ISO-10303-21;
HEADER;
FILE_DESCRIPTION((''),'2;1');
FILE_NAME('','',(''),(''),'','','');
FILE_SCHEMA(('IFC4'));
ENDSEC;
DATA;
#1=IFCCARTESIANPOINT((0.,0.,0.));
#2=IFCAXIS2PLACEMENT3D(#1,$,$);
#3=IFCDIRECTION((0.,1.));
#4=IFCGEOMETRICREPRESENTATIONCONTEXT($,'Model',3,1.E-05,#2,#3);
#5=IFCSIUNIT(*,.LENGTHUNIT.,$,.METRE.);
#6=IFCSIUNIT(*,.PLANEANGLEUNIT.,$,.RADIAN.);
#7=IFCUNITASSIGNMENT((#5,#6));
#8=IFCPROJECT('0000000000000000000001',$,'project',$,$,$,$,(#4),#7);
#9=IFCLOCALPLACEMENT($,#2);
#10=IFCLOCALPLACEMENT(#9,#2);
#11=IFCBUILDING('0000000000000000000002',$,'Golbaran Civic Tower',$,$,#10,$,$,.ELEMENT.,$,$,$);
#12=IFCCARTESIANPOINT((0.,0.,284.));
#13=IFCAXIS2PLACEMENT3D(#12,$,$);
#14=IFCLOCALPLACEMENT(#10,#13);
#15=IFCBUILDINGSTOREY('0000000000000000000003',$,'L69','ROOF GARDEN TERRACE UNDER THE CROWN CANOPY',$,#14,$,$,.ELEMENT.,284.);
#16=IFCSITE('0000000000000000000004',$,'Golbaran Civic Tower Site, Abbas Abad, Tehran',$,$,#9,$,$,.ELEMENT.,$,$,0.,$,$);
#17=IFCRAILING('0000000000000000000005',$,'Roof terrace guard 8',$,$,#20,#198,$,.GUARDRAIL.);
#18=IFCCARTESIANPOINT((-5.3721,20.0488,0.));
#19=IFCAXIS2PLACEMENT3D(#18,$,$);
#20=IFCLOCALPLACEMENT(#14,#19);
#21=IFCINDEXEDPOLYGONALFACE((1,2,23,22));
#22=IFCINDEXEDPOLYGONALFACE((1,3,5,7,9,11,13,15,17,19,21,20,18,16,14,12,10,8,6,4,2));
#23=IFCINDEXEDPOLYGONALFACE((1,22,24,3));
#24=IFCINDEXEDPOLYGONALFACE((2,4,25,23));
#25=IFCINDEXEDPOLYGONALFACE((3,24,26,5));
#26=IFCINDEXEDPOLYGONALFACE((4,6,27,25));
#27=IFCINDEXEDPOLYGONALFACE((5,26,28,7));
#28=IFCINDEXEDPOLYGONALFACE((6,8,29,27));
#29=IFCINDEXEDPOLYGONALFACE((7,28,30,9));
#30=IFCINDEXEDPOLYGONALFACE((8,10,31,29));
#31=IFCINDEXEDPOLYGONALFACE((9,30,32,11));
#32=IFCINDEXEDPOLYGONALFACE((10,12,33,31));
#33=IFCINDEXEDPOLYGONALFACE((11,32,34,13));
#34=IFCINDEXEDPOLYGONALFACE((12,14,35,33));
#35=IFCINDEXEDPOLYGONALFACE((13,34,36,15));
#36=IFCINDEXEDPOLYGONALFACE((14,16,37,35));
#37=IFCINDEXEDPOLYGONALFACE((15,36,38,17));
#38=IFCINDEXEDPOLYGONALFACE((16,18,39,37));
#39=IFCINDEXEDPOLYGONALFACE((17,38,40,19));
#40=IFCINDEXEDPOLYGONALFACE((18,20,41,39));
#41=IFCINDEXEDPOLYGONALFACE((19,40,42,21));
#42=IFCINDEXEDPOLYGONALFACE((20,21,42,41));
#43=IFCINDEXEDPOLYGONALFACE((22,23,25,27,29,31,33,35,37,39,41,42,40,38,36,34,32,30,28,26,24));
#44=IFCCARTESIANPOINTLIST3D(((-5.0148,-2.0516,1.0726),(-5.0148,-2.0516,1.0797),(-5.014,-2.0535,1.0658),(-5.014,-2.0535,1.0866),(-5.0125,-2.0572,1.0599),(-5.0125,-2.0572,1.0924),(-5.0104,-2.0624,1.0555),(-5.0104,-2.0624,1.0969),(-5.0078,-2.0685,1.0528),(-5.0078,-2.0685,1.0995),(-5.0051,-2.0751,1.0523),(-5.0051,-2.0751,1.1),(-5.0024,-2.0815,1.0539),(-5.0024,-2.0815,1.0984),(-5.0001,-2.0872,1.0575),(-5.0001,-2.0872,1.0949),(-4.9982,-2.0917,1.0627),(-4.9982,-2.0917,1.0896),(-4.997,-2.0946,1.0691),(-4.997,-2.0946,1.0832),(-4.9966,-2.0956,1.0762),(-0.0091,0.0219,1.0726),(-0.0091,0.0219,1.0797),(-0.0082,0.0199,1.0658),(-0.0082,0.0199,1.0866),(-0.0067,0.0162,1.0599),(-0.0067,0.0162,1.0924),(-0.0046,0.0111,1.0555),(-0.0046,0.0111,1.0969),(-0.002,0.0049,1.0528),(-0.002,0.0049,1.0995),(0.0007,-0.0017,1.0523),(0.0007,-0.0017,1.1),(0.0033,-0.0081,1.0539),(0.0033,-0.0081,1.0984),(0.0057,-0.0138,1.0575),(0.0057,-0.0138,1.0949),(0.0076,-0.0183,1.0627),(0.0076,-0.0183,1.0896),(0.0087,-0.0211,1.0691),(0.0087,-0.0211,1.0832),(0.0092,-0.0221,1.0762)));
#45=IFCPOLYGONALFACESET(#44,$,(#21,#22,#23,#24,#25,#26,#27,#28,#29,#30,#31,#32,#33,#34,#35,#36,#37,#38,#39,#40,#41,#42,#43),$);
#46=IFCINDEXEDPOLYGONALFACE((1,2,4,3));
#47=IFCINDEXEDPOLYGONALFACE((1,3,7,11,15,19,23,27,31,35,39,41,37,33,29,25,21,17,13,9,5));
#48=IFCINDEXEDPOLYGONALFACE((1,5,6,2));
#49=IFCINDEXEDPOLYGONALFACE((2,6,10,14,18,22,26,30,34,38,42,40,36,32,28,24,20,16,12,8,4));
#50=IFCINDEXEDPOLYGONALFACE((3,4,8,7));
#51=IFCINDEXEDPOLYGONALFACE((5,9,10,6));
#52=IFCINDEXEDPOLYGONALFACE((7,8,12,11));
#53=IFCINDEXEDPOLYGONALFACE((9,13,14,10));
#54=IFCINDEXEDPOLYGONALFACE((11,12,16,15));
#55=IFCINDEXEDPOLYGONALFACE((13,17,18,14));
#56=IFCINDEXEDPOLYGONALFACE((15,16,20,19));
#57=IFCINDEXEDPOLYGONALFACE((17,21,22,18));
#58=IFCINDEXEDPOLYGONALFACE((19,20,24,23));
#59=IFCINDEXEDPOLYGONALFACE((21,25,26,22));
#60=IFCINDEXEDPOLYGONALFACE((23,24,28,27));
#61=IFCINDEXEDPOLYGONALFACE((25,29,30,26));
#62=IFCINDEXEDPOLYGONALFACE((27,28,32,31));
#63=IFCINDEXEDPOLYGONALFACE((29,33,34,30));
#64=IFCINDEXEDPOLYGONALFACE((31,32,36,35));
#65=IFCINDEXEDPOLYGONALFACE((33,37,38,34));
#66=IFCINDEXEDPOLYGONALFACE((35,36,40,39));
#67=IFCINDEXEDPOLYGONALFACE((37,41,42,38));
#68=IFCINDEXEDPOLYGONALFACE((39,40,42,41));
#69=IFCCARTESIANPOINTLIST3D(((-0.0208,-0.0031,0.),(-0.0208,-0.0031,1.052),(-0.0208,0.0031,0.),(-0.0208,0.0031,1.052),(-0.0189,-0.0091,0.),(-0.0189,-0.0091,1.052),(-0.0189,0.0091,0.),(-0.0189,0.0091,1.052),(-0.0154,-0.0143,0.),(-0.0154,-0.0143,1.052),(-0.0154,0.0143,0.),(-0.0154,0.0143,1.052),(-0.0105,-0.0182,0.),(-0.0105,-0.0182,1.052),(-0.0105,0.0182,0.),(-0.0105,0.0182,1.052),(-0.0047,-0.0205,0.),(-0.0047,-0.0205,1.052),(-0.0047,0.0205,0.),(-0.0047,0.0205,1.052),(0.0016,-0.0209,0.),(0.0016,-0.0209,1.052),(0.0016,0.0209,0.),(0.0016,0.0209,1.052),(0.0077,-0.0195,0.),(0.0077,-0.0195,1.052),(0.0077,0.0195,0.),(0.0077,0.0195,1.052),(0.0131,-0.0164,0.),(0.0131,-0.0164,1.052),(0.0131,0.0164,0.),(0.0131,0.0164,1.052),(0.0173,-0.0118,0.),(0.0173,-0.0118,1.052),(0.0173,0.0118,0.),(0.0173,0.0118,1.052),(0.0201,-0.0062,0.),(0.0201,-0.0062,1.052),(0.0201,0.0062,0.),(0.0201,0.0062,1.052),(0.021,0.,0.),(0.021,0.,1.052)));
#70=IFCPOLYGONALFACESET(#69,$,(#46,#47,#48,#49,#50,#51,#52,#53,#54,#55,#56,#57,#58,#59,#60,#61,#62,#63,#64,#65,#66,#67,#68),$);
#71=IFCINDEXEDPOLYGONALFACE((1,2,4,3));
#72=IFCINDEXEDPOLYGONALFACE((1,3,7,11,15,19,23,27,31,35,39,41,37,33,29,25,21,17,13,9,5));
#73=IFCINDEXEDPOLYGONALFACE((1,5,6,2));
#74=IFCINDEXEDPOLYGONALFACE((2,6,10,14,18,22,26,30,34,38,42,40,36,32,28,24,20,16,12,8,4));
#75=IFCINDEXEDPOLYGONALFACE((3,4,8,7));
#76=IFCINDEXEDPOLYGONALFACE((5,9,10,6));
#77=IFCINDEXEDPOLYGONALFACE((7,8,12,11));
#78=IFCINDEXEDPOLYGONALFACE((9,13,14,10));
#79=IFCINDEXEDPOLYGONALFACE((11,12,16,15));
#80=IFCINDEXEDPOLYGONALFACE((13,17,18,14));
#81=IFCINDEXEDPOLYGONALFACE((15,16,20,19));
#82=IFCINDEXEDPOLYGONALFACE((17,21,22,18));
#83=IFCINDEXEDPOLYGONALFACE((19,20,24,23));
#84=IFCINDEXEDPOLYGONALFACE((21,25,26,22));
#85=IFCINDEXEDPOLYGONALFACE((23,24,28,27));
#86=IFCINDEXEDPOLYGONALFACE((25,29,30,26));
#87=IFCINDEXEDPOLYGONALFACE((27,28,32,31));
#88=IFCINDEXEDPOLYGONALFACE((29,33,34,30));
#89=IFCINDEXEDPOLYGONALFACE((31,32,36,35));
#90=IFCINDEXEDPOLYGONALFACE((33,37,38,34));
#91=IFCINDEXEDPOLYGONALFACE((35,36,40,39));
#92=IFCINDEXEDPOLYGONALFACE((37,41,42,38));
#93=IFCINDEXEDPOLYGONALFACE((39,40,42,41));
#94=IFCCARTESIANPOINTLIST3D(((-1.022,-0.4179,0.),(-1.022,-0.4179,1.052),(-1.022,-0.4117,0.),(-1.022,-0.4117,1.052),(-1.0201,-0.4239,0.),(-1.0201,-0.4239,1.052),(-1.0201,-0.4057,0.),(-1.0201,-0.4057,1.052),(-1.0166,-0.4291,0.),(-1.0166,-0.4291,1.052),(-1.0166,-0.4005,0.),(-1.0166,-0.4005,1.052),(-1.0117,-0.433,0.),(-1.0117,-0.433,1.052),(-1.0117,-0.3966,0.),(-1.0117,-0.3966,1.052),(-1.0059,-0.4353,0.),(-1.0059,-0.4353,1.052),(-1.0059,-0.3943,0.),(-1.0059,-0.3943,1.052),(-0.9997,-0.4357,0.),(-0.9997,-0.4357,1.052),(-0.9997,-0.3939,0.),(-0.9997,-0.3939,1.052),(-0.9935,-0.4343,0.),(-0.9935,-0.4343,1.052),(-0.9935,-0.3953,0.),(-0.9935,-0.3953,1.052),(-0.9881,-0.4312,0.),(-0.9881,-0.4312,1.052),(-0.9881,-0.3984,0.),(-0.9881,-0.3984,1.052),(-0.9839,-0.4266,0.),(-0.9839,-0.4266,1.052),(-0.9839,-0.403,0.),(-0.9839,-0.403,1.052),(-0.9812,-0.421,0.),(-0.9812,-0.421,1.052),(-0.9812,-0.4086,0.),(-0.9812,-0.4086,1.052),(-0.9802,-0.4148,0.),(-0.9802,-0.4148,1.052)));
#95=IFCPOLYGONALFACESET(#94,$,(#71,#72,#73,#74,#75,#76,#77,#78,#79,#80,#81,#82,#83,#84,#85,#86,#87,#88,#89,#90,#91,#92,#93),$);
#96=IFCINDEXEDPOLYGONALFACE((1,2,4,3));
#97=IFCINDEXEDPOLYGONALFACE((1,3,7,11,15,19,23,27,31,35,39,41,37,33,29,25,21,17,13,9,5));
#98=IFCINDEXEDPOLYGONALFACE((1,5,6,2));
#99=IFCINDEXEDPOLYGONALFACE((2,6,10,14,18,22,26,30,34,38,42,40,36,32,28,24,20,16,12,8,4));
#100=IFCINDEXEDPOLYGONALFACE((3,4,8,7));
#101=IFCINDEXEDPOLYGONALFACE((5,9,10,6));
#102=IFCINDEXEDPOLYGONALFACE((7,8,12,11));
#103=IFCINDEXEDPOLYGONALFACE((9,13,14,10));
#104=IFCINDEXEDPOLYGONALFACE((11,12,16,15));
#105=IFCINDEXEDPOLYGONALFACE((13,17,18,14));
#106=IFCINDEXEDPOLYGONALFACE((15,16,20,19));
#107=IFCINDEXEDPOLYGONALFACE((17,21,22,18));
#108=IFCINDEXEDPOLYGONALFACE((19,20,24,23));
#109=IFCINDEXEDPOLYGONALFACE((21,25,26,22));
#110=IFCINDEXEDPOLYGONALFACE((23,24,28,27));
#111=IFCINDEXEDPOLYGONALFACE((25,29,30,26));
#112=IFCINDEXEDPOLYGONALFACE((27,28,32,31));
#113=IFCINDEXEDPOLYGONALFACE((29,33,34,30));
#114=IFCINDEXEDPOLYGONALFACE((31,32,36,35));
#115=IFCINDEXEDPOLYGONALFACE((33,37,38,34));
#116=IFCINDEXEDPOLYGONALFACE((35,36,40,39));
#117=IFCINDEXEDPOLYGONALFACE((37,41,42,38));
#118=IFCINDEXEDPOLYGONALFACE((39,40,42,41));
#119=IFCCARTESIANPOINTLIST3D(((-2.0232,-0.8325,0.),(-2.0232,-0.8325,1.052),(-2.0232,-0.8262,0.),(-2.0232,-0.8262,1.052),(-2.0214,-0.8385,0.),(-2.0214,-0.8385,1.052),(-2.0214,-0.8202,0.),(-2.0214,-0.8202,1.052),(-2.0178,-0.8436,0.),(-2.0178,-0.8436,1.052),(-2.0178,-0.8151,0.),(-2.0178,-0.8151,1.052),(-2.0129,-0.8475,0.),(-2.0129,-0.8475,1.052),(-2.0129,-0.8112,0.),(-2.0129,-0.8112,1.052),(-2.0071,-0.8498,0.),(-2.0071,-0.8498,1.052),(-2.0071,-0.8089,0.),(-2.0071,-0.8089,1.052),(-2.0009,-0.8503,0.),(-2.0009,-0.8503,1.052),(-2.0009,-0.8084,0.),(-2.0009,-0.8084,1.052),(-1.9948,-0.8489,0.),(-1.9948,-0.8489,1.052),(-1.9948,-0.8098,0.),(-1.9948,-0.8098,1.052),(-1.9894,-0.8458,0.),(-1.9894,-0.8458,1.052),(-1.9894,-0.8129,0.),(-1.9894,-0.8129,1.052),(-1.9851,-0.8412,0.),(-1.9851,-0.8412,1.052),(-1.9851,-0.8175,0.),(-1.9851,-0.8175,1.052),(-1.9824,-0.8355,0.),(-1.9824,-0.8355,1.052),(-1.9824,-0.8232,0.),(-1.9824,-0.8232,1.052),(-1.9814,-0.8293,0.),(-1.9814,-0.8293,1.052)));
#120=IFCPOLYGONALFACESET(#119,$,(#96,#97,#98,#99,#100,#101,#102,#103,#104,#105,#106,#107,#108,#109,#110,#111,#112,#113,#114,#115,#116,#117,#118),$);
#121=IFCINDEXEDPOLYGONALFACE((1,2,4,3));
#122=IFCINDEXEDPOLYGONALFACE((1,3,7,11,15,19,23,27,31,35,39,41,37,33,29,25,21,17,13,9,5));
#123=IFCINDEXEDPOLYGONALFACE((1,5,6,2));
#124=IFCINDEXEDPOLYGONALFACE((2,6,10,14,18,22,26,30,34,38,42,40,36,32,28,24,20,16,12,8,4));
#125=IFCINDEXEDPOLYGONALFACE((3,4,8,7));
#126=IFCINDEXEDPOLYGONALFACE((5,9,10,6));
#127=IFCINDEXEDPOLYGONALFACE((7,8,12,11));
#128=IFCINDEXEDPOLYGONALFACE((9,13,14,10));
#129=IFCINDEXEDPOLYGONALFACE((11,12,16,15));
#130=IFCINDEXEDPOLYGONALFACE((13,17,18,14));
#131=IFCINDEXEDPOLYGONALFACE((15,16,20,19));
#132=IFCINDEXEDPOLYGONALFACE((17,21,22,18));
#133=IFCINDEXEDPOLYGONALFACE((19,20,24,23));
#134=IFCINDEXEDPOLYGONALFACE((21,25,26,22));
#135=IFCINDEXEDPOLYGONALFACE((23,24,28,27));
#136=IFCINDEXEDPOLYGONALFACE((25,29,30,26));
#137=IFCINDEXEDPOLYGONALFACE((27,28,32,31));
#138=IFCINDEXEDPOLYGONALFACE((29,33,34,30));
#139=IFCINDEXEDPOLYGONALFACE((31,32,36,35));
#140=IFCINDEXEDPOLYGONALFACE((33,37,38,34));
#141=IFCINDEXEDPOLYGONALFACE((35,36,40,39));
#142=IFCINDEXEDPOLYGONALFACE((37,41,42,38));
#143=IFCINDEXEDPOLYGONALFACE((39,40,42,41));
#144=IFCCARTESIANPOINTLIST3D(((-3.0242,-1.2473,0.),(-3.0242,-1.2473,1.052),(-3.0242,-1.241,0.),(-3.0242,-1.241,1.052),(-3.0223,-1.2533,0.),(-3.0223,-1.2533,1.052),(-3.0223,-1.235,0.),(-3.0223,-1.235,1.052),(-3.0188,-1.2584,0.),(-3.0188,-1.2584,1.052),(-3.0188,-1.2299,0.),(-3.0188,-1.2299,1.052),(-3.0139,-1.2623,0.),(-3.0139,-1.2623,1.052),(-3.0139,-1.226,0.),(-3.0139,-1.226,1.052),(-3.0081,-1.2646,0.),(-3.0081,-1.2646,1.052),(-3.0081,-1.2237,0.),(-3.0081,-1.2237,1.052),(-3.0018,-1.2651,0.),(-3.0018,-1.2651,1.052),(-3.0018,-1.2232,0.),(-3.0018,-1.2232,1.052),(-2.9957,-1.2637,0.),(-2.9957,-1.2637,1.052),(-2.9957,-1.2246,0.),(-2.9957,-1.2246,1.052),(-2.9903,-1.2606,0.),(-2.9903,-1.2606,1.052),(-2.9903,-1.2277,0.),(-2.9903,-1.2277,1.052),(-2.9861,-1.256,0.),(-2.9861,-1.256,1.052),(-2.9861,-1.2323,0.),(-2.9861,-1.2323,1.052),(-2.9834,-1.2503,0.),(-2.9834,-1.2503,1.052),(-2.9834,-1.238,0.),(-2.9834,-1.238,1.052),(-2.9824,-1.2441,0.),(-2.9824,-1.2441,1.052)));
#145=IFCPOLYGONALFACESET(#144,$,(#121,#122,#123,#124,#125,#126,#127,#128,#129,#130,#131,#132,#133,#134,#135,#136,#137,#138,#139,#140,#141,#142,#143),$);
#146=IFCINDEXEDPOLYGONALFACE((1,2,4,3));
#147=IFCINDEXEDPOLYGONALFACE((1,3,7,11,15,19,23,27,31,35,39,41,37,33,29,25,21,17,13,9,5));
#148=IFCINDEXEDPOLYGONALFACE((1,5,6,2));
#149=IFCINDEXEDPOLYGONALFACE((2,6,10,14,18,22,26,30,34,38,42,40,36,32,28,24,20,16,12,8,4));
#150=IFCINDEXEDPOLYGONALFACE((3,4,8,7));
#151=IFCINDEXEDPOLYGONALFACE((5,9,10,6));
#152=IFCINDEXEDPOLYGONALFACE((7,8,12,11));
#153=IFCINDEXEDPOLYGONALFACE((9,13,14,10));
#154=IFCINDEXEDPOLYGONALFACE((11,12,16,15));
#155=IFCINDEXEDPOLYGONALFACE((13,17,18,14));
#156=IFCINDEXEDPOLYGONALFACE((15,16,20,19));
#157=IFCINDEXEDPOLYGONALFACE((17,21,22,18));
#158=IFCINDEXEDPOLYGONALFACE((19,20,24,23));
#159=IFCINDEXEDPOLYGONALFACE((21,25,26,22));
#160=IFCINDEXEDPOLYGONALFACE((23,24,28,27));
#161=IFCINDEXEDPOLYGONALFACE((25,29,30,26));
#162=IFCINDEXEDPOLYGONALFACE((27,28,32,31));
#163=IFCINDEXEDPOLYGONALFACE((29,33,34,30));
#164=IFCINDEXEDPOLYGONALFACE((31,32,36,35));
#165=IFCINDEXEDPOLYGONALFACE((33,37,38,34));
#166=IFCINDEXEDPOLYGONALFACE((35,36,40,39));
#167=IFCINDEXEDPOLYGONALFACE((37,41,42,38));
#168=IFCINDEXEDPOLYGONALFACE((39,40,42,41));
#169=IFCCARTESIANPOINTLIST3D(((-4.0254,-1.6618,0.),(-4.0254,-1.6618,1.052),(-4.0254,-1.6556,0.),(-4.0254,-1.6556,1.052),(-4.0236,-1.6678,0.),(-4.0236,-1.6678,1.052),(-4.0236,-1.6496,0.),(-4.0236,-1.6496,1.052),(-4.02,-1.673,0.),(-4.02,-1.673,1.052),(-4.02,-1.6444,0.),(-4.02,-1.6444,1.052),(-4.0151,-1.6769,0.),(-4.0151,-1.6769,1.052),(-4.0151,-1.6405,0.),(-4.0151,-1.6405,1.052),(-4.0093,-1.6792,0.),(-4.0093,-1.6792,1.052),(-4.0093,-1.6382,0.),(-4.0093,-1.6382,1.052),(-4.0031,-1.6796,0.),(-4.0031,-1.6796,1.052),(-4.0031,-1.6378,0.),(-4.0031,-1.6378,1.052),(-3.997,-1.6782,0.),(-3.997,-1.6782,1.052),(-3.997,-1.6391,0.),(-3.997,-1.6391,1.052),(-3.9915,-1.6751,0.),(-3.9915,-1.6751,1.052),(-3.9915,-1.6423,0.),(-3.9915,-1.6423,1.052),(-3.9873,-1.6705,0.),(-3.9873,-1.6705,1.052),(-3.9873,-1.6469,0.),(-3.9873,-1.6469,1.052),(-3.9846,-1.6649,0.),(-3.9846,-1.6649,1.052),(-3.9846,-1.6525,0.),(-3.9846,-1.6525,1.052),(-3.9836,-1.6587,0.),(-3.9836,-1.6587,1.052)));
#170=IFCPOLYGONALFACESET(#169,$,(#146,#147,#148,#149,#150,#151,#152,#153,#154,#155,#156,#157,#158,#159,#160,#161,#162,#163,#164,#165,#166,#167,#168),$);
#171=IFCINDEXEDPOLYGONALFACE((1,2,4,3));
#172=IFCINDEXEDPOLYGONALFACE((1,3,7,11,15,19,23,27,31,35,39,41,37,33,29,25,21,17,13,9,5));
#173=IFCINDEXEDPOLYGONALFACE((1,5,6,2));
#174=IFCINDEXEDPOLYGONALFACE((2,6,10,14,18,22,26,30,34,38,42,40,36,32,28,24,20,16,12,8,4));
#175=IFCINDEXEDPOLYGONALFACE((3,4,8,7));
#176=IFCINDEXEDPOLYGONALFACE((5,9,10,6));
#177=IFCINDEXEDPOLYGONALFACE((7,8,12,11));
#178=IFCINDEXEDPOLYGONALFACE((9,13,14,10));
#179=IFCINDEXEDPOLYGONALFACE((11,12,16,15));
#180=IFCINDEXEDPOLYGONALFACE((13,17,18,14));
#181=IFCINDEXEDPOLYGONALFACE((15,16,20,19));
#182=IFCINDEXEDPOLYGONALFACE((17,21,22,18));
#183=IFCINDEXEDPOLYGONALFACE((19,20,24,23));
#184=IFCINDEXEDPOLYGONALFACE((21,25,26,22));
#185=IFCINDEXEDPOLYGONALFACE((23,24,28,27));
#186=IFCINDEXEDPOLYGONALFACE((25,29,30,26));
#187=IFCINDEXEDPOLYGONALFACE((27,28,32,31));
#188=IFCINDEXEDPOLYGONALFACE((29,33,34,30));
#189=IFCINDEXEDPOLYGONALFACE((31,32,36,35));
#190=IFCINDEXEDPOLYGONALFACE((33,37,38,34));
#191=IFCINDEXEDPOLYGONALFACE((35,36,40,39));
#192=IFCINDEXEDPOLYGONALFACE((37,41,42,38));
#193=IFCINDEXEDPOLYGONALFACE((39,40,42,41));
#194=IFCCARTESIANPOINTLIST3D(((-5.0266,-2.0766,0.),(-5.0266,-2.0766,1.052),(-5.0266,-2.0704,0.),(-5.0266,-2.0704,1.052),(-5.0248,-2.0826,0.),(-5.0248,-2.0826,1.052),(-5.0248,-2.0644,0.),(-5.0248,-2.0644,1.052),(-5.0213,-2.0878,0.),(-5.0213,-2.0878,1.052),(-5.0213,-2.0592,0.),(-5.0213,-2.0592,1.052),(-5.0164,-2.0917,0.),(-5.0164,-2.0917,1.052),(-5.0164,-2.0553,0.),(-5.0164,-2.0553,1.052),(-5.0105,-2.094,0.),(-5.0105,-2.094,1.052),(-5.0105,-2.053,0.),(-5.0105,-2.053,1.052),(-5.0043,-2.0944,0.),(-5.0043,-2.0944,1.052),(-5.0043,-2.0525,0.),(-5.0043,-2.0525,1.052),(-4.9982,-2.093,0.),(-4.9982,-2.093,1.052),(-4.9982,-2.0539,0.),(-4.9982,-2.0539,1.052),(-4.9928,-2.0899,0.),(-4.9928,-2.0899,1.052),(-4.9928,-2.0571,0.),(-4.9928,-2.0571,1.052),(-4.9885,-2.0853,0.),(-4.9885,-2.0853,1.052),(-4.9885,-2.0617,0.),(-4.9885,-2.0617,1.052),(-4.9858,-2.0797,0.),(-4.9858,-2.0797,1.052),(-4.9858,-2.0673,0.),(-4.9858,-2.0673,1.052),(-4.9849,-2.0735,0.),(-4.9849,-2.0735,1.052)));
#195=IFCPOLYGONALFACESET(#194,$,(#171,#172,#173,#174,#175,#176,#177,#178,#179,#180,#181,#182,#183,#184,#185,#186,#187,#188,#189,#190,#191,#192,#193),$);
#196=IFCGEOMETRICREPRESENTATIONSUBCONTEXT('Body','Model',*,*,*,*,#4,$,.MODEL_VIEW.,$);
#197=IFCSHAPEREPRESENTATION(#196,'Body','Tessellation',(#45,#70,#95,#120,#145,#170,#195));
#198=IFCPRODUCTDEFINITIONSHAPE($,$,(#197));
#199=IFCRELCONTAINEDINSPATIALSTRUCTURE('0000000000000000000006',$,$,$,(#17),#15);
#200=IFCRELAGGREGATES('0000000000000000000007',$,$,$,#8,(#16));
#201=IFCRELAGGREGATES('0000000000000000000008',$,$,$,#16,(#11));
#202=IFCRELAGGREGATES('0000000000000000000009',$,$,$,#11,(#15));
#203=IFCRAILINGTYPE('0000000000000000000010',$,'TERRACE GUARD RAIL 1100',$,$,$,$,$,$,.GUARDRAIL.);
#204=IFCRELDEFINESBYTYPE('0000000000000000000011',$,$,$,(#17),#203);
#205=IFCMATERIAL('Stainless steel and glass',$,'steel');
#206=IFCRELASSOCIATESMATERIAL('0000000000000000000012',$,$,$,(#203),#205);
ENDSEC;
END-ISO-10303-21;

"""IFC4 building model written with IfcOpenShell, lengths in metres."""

from ifc_helpers import new_model, si_unit, direction, frame, origin, origin_2d, place, context, subcontext, project, spatial, circle, extrude, material, type_object, element, save


model = new_model("IFC4")

# Units and contexts
model_context = context("Model", 3, precision=1e-05, world=origin(), true_north=direction((0.0, 1.0)))
body_context = subcontext(model_context, "Body", "Model", "MODEL_VIEW")
ifc_project = project(units=[si_unit("LENGTHUNIT", "METRE"), si_unit("PLANEANGLEUNIT", "RADIAN")], contexts=[model_context])

# Site, building, storey
site_placement = place(None, origin())
site = spatial("IfcSite", under=ifc_project, at=site_placement, Name="Golbaran Civic Tower Site, Abbas Abad, Tehran", CompositionType="ELEMENT", RefElevation=0.0)
building_placement = place(site_placement, origin())
building = spatial("IfcBuilding", under=site, at=building_placement, Name="Golbaran Civic Tower", CompositionType="ELEMENT")
storey_placement = place(building_placement, frame((0.0, 0.0, 284.0)))
storey = spatial("IfcBuildingStorey", under=building, at=storey_placement, Name="L69", Description="ROOF GARDEN TERRACE UNDER THE CROWN CANOPY", CompositionType="ELEMENT", Elevation=284.0)

# Railing
ifc_material_1 = material(Name="Stainless steel and glass", Category="steel")
railing_type = type_object("IfcRailingType", Name="TERRACE GUARD RAIL 1100", PredefinedType="GUARDRAIL", material=ifc_material_1)
railing_placement = place(storey_placement, frame((-5.3721, 20.0488, 0.0)))
element("IfcRailing", 1, at=railing_placement, inside=storey, type_object=railing_type, Name="Roof terrace guard 8", PredefinedType="GUARDRAIL", context=body_context, shape_type="SweptSolid", body=[
    extrude(circle(Radius=0.0239, at=origin_2d()), frame((0.0, 0.0, 1.0762), z_axis=(-0.92388, -0.382682, 0.0), x_axis=(0.382682, -0.92388, 0.0)), (0.0, 0.0, 1.0), 5.4182),
    extrude(circle(Radius=0.021, at=origin_2d()), origin(), (0.0, 0.0, 1.0), 1.052),
    extrude(circle(Radius=0.021, at=origin_2d()), frame((-1.0012, -0.4148, 0.0)), (0.0, 0.0, 1.0), 1.052),
    extrude(circle(Radius=0.021, at=origin_2d()), frame((-2.0024, -0.8293, 0.0)), (0.0, 0.0, 1.0), 1.052),
    extrude(circle(Radius=0.021, at=origin_2d()), frame((-3.0034, -1.2441, 0.0)), (0.0, 0.0, 1.0), 1.052),
    extrude(circle(Radius=0.021, at=origin_2d()), frame((-4.0046, -1.6587, 0.0)), (0.0, 0.0, 1.0), 1.052),
    extrude(circle(Radius=0.021, at=origin_2d()), frame((-5.0059, -2.0735, 0.0)), (0.0, 0.0, 1.0), 1.052),
])

save(model, "model.ifc")
